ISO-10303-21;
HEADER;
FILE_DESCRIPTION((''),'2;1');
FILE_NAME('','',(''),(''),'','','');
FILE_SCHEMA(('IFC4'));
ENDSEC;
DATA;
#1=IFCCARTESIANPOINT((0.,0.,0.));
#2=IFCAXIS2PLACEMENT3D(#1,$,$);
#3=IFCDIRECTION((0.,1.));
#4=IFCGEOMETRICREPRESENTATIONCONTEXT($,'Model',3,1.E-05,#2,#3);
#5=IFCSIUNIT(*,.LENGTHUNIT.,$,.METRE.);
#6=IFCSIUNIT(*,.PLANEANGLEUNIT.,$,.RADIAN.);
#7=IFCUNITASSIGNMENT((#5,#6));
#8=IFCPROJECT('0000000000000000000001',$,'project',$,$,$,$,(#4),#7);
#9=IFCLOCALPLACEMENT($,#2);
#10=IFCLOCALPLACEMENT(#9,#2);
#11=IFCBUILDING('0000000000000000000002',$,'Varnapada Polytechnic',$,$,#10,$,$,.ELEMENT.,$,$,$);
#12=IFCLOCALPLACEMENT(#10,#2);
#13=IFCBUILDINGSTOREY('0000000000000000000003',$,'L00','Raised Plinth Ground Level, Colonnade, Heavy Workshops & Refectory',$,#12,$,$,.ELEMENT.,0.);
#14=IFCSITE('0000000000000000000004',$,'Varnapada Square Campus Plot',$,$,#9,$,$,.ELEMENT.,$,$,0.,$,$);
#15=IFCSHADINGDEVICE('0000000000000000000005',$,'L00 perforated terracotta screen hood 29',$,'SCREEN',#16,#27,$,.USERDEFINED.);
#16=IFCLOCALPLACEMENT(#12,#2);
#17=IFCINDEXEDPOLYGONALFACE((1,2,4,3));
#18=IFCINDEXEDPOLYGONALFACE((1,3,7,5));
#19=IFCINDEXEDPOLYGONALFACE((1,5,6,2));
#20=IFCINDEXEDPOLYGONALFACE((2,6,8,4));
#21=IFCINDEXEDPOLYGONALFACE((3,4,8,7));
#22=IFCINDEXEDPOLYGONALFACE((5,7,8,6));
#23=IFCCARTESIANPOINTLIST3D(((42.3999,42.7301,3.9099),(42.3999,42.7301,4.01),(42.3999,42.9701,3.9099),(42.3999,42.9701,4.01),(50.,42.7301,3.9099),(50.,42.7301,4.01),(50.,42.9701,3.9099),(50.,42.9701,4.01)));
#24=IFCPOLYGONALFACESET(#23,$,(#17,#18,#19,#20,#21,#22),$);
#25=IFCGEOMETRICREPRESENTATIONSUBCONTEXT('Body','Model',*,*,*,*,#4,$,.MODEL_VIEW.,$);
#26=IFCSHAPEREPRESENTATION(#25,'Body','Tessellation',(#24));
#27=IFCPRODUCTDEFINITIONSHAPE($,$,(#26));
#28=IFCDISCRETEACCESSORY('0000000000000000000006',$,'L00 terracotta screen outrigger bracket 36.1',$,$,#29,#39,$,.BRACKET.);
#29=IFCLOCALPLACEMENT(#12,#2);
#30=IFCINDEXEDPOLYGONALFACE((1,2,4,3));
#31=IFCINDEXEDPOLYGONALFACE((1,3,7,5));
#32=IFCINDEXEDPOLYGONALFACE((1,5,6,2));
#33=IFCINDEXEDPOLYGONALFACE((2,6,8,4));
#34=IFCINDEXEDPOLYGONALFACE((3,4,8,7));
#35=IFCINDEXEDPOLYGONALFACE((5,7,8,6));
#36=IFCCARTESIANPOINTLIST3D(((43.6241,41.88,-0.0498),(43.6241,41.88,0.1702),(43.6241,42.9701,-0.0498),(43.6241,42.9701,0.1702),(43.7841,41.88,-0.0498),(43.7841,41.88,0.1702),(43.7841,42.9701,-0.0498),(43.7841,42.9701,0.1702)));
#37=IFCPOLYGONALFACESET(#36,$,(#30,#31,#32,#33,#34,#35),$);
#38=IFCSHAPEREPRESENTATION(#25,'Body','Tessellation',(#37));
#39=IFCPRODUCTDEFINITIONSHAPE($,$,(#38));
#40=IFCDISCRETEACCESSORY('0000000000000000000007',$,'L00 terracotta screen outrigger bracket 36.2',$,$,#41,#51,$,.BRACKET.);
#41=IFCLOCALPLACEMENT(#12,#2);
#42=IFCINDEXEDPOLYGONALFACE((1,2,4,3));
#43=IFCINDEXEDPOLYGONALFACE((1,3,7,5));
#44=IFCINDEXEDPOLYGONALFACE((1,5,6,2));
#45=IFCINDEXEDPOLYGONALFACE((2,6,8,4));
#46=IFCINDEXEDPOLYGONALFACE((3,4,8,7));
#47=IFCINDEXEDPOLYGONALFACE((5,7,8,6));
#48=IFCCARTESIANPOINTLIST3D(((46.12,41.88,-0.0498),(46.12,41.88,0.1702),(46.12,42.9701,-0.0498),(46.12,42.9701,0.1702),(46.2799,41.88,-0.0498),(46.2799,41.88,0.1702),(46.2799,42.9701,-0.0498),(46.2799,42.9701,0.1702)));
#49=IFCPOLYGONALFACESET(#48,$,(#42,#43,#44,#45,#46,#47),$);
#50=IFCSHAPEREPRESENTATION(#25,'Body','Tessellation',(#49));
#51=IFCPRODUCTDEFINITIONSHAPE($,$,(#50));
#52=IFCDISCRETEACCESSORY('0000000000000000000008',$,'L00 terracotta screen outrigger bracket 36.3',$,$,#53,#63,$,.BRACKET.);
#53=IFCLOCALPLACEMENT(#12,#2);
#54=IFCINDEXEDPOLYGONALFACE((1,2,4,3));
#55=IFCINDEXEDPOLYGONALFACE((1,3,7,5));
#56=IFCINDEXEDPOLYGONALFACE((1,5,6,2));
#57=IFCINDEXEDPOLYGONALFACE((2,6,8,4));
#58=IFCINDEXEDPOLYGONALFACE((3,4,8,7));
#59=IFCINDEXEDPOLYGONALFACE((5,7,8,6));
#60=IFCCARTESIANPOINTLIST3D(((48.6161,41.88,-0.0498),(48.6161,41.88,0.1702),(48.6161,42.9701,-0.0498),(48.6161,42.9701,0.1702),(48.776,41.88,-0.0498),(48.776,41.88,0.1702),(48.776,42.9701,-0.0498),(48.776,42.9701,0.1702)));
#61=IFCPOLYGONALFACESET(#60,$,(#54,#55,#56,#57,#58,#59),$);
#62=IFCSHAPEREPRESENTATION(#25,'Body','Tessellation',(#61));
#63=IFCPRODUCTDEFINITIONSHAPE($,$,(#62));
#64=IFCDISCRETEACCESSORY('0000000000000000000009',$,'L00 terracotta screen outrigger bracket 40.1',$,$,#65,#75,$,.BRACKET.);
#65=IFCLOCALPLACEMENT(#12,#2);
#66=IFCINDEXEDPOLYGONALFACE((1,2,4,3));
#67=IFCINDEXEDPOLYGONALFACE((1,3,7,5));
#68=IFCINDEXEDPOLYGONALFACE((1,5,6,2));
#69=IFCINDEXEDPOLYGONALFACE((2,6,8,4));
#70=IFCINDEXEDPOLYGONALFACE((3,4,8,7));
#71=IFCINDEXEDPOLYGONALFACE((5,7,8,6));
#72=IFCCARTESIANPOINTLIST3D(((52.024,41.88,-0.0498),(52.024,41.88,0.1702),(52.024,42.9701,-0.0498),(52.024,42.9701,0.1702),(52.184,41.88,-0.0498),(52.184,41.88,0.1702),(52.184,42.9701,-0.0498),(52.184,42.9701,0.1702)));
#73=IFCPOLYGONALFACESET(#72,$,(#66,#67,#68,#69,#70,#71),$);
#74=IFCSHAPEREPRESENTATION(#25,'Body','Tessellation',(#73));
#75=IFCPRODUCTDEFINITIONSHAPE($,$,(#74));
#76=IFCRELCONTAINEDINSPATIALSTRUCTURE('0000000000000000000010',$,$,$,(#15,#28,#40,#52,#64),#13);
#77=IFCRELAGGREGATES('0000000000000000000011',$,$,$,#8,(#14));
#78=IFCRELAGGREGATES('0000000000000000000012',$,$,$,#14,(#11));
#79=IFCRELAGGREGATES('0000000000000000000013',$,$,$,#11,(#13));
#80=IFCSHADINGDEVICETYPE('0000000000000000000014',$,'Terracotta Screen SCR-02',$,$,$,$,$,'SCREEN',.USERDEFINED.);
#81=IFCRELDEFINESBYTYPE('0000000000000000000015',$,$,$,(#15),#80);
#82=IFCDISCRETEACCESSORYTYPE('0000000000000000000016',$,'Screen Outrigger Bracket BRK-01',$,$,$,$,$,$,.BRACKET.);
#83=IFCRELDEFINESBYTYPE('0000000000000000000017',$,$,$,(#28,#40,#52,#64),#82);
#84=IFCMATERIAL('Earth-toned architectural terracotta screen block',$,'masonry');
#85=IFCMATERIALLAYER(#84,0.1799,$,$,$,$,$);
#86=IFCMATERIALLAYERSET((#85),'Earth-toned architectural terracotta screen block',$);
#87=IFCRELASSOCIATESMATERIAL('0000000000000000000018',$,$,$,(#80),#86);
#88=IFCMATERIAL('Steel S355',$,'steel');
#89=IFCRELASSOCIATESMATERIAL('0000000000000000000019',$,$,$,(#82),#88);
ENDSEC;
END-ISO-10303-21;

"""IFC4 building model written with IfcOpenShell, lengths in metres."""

from ifc_helpers import new_model, si_unit, direction, frame, origin, origin_2d, place, context, subcontext, project, spatial, rectangle, extrude, material, layer, layer_set, type_object, element, save


model = new_model("IFC4")

# Units and contexts
model_context = context("Model", 3, precision=1e-05, world=origin(), true_north=direction((0.0, 1.0)))
body_context = subcontext(model_context, "Body", "Model", "MODEL_VIEW")
ifc_project = project(units=[si_unit("LENGTHUNIT", "METRE"), si_unit("PLANEANGLEUNIT", "RADIAN")], contexts=[model_context])

# Site, building, storey
site_placement = place(None, origin())
site = spatial("IfcSite", under=ifc_project, at=site_placement, Name="Varnapada Square Campus Plot", CompositionType="ELEMENT", RefElevation=0.0)
building_placement = place(site_placement, origin())
building = spatial("IfcBuilding", under=site, at=building_placement, Name="Varnapada Polytechnic", CompositionType="ELEMENT")
storey_placement = place(building_placement, origin())
storey = spatial("IfcBuildingStorey", under=building, at=storey_placement, Name="L00", Description="Raised Plinth Ground Level, Colonnade, Heavy Workshops & Refectory", CompositionType="ELEMENT", Elevation=0.0)

# Shared definitions
ifc_material_1 = material(Name="Earth-toned architectural terracotta screen block", Category="masonry")

# Shading device
ifc_layer_1 = layer(ifc_material_1, 0.1799)
ifc_layer_set_1 = layer_set([ifc_layer_1], Name="Earth-toned architectural terracotta screen block")
shading_device_type = type_object("IfcShadingDeviceType", Name="Terracotta Screen SCR-02", ElementType="SCREEN", PredefinedType="USERDEFINED", material=ifc_layer_set_1)
shading_device_placement = place(storey_placement, frame((46.2, 42.8501, 3.9099), z_axis=(0.0, 0.0, 1.0), x_axis=(1.0, 0.0, 0.0)))
element("IfcShadingDevice", 1, at=shading_device_placement, inside=storey, type_object=shading_device_type, Name="L00 perforated terracotta screen hood 29", ObjectType="SCREEN", PredefinedType="USERDEFINED", context=body_context, shape_type="SweptSolid", body=[
    extrude(rectangle(XDim=7.6001, YDim=0.24, at=origin_2d()), origin(), (0.0, 0.0, 1.0), 0.1001),
])

# Discrete accessories
ifc_material_2 = material(Name="Steel S355", Category="steel")
discrete_accessory_type = type_object("IfcDiscreteAccessoryType", Name="Screen Outrigger Bracket BRK-01", PredefinedType="BRACKET", material=ifc_material_2)
for number, where, z_axis, x_axis, name in (
    (2, (43.7041, 42.425, -0.0498), (0.0, 0.0, 1.0), (1.0, 0.0, 0.0), "L00 terracotta screen outrigger bracket 36.1"),
    (3, (46.2, 42.425, -0.0498), (0.0, 0.0, 1.0), (1.0, 0.0, 0.0), "L00 terracotta screen outrigger bracket 36.2"),
    (4, (48.696, 42.425, -0.0498), (0.0, 0.0, 1.0), (1.0, 0.0, 0.0), "L00 terracotta screen outrigger bracket 36.3"),
    (5, (52.104, 42.425, -0.0498), (0.0, 0.0, 1.0), (1.0, 0.0, 0.0), "L00 terracotta screen outrigger bracket 40.1"),
):
    element("IfcDiscreteAccessory", number, at=place(storey_placement, frame(where, z_axis=z_axis, x_axis=x_axis)), inside=storey, type_object=discrete_accessory_type, Name=name, PredefinedType="BRACKET", context=body_context, shape_type="SweptSolid", body=[
        extrude(rectangle(XDim=0.1599, YDim=1.0901, at=origin_2d()), origin(), (0.0, 0.0, 1.0), 0.22),
    ])

save(model, "model.ifc")
